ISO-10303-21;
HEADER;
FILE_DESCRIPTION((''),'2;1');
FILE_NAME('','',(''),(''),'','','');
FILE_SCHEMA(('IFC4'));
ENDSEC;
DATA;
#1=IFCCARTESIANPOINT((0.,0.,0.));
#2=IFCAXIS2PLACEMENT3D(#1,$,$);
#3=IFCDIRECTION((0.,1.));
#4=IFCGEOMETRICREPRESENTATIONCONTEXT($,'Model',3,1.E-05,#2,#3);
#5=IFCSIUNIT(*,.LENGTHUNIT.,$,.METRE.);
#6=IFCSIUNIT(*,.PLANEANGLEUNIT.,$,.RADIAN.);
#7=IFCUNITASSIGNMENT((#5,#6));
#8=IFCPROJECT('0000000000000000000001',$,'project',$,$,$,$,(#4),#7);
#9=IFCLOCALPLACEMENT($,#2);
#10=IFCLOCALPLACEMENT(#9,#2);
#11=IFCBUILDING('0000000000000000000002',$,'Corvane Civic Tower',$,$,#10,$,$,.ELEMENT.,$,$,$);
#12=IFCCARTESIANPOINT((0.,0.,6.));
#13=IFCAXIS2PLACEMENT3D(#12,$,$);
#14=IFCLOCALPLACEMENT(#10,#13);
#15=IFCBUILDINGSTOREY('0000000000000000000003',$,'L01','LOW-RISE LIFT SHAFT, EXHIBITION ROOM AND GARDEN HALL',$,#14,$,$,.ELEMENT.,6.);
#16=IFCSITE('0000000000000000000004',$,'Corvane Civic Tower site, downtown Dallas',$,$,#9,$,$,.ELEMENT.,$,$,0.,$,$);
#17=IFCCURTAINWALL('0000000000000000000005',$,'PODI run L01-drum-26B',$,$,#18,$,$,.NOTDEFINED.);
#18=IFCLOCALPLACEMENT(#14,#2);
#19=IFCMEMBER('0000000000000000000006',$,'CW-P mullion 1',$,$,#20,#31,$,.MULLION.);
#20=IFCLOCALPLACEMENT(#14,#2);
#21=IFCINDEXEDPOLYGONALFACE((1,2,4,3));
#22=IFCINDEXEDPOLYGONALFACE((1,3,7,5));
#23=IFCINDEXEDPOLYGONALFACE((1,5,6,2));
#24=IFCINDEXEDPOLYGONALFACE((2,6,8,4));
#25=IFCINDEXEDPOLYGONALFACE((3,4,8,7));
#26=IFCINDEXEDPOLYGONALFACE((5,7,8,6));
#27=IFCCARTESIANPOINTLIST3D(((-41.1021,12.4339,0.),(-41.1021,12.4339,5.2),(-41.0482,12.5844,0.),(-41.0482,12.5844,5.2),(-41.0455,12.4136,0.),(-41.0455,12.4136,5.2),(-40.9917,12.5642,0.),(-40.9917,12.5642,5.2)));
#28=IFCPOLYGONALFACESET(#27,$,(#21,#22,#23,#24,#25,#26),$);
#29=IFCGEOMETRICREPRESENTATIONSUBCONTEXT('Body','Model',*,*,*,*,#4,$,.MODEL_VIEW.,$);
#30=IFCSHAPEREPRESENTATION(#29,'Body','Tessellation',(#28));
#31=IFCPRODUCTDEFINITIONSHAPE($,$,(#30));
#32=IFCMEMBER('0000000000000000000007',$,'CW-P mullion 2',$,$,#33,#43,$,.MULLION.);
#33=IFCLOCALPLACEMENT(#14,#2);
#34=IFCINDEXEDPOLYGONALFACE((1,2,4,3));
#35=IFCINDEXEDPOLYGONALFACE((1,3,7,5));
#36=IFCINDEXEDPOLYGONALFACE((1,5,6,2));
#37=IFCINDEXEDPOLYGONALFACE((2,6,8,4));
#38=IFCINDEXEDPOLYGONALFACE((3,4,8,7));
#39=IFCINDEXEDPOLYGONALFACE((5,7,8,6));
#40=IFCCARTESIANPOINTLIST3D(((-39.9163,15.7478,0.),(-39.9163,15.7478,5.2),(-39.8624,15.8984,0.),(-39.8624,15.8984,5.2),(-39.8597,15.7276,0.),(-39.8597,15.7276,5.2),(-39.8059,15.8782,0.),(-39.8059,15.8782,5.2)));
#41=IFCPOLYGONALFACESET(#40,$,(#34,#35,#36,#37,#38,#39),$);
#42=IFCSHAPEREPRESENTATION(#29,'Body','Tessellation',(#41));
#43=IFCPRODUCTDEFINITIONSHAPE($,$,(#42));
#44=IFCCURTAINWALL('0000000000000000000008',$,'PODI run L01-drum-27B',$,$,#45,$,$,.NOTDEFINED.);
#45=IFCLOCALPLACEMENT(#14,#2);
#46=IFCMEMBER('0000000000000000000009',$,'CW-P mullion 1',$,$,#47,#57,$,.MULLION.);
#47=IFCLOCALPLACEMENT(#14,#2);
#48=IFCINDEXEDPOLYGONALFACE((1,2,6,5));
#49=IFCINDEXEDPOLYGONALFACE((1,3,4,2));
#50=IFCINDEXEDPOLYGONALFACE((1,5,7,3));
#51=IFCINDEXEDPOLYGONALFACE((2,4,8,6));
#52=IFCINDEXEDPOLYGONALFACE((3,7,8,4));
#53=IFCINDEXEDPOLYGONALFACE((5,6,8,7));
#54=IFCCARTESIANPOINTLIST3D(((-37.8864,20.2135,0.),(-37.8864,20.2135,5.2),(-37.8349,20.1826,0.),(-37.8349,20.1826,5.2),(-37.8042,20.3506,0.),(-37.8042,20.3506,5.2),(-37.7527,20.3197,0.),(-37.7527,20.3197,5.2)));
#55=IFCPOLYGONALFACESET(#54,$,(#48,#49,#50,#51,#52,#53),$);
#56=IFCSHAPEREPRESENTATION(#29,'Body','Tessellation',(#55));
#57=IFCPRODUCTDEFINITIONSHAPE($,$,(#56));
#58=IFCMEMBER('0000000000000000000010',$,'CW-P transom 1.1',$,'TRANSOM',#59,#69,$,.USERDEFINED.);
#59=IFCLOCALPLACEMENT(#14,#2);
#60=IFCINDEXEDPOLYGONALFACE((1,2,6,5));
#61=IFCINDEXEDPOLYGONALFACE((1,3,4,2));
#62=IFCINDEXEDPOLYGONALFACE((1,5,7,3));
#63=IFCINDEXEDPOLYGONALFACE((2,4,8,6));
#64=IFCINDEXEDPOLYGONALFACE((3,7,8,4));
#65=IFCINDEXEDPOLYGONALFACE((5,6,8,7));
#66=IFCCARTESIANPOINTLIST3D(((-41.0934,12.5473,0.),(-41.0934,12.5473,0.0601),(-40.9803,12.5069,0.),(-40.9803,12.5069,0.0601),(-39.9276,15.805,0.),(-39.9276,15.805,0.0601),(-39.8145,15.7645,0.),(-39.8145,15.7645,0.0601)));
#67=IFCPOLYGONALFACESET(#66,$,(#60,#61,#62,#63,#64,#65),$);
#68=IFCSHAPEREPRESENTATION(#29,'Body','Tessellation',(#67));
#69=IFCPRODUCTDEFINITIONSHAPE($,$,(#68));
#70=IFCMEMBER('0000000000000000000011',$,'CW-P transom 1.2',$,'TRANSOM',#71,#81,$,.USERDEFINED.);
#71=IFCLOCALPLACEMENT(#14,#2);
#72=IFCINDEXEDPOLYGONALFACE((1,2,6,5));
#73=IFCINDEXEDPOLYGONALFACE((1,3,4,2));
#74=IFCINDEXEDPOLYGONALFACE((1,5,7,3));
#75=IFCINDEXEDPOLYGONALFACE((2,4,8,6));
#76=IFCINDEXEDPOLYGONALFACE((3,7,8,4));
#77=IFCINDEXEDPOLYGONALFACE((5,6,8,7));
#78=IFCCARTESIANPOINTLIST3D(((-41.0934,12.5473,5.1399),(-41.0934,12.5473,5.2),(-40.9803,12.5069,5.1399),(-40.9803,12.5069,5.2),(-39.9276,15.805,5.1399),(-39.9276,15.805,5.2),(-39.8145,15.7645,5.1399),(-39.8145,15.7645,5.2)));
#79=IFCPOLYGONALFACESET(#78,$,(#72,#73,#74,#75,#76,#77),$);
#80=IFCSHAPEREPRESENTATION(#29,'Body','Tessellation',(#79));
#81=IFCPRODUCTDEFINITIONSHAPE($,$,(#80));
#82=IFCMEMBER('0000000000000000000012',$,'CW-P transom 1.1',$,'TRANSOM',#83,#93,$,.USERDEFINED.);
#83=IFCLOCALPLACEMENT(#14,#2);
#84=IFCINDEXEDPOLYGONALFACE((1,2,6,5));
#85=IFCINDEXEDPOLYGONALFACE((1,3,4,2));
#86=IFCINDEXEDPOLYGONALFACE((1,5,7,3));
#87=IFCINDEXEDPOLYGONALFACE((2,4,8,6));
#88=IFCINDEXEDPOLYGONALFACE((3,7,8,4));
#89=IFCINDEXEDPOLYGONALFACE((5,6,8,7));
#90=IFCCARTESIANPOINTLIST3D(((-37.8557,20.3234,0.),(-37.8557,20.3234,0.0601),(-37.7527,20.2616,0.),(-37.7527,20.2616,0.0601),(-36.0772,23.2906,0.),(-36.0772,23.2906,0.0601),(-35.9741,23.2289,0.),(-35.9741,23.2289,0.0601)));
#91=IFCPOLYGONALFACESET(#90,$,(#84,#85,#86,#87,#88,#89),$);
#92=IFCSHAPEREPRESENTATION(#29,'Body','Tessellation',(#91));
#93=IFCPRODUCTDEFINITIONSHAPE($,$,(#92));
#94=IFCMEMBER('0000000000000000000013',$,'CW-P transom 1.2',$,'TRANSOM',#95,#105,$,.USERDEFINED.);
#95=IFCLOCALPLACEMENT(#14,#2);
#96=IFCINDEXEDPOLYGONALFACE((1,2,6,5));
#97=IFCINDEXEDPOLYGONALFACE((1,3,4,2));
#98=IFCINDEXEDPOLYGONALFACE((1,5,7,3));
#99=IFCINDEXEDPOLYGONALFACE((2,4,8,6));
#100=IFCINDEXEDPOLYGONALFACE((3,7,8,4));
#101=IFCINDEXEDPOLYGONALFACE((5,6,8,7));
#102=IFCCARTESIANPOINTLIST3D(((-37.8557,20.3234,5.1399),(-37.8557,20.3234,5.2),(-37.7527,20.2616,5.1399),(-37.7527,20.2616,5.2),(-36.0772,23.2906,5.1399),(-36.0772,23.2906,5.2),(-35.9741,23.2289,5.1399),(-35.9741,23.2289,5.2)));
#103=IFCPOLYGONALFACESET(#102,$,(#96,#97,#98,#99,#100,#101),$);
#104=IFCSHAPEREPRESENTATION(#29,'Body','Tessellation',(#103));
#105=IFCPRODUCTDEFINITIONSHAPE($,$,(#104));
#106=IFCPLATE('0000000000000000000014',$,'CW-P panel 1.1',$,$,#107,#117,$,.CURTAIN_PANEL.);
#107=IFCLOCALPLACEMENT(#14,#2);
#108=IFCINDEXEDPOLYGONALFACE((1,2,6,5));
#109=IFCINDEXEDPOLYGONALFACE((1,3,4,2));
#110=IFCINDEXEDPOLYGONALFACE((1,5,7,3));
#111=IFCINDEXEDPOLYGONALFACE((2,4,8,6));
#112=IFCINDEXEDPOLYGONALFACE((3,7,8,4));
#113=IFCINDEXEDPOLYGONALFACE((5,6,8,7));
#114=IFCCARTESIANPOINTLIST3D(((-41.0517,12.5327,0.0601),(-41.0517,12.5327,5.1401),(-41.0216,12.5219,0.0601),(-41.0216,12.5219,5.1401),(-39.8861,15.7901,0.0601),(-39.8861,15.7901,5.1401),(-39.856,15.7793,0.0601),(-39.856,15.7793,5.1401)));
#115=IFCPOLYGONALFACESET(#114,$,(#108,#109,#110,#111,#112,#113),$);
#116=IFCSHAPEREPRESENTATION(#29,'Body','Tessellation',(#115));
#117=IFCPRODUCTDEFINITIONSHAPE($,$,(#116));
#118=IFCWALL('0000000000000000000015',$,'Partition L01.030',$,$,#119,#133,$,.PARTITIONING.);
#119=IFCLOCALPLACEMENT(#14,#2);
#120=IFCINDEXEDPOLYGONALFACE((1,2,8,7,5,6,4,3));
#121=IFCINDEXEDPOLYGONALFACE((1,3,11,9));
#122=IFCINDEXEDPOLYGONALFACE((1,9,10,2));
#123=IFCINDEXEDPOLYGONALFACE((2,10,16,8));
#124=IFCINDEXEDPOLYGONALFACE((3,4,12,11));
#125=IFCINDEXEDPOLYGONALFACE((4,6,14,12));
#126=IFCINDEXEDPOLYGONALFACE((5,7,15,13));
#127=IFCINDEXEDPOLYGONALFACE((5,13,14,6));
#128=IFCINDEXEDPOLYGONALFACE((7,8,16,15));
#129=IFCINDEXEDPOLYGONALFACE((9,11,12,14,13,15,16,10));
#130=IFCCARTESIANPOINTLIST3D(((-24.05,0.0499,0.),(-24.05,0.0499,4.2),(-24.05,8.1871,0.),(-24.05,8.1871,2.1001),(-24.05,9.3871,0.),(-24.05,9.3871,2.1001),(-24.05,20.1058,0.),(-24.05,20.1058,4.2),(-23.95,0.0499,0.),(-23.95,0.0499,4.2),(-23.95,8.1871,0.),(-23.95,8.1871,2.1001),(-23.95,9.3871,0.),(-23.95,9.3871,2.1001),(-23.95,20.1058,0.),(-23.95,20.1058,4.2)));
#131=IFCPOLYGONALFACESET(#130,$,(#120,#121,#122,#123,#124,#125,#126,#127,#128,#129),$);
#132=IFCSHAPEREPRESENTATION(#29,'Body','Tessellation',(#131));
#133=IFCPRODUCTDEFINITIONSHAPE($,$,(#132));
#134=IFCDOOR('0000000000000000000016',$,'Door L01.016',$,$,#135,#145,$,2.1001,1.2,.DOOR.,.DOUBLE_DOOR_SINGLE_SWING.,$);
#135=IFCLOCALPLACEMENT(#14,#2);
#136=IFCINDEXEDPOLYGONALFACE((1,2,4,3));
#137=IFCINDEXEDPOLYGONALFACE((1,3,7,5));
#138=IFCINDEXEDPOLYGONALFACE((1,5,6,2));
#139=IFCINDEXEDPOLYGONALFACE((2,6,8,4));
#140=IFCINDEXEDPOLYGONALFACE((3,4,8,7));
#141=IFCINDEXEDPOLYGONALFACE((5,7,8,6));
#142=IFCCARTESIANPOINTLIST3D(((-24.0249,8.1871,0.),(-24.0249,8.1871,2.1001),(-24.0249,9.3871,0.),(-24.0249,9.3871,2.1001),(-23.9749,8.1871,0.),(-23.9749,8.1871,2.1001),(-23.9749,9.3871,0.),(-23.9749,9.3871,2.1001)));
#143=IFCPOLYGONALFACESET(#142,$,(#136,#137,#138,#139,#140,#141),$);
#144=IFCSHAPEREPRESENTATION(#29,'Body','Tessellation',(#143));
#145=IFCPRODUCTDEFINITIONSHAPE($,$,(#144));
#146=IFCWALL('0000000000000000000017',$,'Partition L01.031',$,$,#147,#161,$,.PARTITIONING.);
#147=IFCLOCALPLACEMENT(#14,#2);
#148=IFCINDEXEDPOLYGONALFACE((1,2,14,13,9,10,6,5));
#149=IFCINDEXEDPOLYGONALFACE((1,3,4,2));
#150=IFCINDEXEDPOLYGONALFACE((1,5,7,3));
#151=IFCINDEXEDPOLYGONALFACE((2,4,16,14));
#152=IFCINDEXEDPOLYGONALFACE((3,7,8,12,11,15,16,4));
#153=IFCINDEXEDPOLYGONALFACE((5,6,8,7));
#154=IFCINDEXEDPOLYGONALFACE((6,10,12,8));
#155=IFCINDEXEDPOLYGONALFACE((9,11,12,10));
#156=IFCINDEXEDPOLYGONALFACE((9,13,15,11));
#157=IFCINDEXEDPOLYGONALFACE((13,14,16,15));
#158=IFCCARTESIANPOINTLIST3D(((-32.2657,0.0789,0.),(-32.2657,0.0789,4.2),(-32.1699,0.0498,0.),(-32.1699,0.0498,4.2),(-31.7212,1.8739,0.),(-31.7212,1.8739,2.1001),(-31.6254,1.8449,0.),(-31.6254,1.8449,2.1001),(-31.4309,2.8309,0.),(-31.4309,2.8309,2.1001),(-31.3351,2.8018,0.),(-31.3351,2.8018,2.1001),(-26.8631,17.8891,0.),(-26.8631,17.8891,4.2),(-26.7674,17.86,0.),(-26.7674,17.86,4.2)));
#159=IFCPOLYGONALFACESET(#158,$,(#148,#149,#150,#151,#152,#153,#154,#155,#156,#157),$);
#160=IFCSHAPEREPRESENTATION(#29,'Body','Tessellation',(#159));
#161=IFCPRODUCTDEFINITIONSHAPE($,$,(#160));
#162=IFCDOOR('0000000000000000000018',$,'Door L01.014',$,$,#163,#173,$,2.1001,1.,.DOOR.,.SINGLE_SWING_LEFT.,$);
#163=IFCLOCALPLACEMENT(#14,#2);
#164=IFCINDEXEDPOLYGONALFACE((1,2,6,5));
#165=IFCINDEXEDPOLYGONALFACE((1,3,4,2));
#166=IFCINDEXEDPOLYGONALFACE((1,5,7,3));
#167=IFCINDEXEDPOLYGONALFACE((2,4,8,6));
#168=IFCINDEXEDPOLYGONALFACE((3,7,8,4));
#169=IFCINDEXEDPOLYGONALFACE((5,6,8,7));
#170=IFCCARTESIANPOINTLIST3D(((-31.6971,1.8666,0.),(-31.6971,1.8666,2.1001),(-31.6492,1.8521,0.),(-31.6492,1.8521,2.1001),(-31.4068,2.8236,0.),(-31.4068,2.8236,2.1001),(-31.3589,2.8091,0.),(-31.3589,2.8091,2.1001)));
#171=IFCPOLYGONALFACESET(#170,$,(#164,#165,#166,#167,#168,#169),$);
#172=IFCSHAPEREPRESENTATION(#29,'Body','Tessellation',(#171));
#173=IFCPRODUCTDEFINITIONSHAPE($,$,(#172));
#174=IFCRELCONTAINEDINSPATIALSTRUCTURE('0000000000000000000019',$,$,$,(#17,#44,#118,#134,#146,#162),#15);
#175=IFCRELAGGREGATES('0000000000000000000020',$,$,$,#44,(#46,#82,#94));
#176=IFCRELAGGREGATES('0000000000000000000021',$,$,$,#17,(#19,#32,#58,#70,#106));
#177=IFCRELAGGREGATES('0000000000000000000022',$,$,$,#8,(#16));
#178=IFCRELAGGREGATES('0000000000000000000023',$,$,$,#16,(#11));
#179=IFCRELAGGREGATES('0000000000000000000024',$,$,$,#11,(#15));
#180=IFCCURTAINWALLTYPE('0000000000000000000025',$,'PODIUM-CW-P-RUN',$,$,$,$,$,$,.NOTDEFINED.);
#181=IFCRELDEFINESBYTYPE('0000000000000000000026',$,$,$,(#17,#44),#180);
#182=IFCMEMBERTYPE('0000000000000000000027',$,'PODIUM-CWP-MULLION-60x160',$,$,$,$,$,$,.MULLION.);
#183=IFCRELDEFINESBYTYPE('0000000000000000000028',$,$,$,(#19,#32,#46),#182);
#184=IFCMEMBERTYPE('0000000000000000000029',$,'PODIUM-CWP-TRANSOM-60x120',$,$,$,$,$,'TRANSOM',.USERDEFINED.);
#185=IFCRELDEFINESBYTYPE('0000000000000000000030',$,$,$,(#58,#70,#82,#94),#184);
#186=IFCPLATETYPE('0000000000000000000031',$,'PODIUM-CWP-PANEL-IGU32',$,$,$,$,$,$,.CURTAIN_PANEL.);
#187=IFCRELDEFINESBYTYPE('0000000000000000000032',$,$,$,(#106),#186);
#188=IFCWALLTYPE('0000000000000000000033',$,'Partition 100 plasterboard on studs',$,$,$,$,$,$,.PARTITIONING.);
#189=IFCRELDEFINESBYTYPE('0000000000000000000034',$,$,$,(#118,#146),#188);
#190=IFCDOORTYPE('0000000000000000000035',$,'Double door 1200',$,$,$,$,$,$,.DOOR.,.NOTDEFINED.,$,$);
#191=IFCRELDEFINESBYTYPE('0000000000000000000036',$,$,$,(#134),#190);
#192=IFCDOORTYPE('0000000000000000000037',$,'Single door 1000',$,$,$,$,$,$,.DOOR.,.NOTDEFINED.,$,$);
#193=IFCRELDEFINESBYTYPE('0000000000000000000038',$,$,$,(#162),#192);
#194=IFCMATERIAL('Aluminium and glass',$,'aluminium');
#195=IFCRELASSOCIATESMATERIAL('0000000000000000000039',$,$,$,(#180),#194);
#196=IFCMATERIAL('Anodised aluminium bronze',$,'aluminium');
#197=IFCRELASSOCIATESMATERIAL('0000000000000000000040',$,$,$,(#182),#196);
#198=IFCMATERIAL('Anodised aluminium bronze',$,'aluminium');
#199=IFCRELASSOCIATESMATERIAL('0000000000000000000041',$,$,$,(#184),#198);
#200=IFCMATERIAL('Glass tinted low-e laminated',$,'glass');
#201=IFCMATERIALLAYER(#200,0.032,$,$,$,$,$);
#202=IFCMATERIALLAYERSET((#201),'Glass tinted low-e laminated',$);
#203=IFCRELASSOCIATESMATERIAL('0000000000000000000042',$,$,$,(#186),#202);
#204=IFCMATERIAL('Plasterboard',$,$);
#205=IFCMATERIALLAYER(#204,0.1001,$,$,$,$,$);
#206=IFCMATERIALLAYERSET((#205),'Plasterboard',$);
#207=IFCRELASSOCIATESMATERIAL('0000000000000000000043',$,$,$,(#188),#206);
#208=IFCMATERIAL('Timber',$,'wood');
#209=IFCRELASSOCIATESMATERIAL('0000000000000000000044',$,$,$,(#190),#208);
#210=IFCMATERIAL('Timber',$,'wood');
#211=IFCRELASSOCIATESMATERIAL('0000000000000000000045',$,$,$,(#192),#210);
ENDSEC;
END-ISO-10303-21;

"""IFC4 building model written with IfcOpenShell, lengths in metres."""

from ifc_helpers import new_model, si_unit, direction, frame, frame_2d, origin, origin_2d, place, context, subcontext, project, spatial, rectangle, extrude, material, layer, layer_set, material_profile, profile_set, type_object, element, fill, aggregate, save


model = new_model("IFC4")

# Units and contexts
model_context = context("Model", 3, precision=1e-05, world=origin(), true_north=direction((0.0, 1.0)))
body_context = subcontext(model_context, "Body", "Model", "MODEL_VIEW")
ifc_project = project(units=[si_unit("LENGTHUNIT", "METRE"), si_unit("PLANEANGLEUNIT", "RADIAN")], contexts=[model_context])

# Site, building, storey
site_placement = place(None, origin())
site = spatial("IfcSite", under=ifc_project, at=site_placement, Name="Corvane Civic Tower site, downtown Dallas", CompositionType="ELEMENT", RefElevation=0.0)
building_placement = place(site_placement, origin())
building = spatial("IfcBuilding", under=site, at=building_placement, Name="Corvane Civic Tower", CompositionType="ELEMENT")
storey_placement = place(building_placement, frame((0.0, 0.0, 6.0)))
storey = spatial("IfcBuildingStorey", under=building, at=storey_placement, Name="L01", Description="LOW-RISE LIFT SHAFT, EXHIBITION ROOM AND GARDEN HALL", CompositionType="ELEMENT", Elevation=6.0)

# Curtain wall, members
ifc_material_1 = material(Name="Aluminium and glass", Category="aluminium")
curtain_wall_type = type_object("IfcCurtainWallType", Name="PODIUM-CW-P-RUN", PredefinedType="NOTDEFINED", material=ifc_material_1)
curtain_wall_1_placement = place(storey_placement, origin())
curtain_wall_1 = element("IfcCurtainWall", 1, at=curtain_wall_1_placement, inside=storey, type_object=curtain_wall_type, Name="PODI run L01-drum-26B", PredefinedType="NOTDEFINED")
ifc_material_2 = material(Name="Anodised aluminium bronze", Category="aluminium")
ifc_material_profile_1 = material_profile(ifc_material_2, rectangle(XDim=0.0601, YDim=0.1599, at=origin_2d()), Name="AL 60x160")
ifc_profile_set_1 = profile_set([ifc_material_profile_1], Name="Anodised aluminium bronze")
member_type_1 = type_object("IfcMemberType", Name="PODIUM-CWP-MULLION-60x160", PredefinedType="MULLION", material=ifc_profile_set_1)
member_1_placement = place(storey_placement, frame((-41.0469, 12.499, 0.0), z_axis=(0.0, 0.0, 1.0), x_axis=(-0.941534, 0.336919, 0.0)))
member_1 = element("IfcMember", 2, at=member_1_placement, type_object=member_type_1, Name="CW-P mullion 1", PredefinedType="MULLION", context=body_context, shape_type="SweptSolid", body=[
    extrude(rectangle(XDim=0.0601, YDim=0.1599, at=origin_2d()), origin(), (0.0, 0.0, 1.0), 5.2),
])
member_2_placement = place(storey_placement, frame((-39.8611, 15.813, 0.0), z_axis=(0.0, 0.0, 1.0), x_axis=(-0.941534, 0.336919, 0.0)))
member_2 = element("IfcMember", 3, at=member_2_placement, type_object=member_type_1, Name="CW-P mullion 2", PredefinedType="MULLION", context=body_context, shape_type="SweptSolid", body=[
    extrude(rectangle(XDim=0.0601, YDim=0.1599, at=origin_2d()), origin(), (0.0, 0.0, 1.0), 5.2),
])

# Curtain wall, member
curtain_wall_2_placement = place(storey_placement, origin())
curtain_wall_2 = element("IfcCurtainWall", 4, at=curtain_wall_2_placement, inside=storey, type_object=curtain_wall_type, Name="PODI run L01-drum-27B", PredefinedType="NOTDEFINED")
member_3_placement = place(storey_placement, frame((-37.8196, 20.2666, 0.0), z_axis=(0.0, 0.0, 1.0), x_axis=(-0.85772, 0.514118, 0.0)))
member_3 = element("IfcMember", 5, at=member_3_placement, type_object=member_type_1, Name="CW-P mullion 1", PredefinedType="MULLION", context=body_context, shape_type="SweptSolid", body=[
    extrude(rectangle(XDim=0.0601, YDim=0.1599, at=origin_2d()), origin(), (0.0, 0.0, 1.0), 5.2),
])

# Members
ifc_material_3 = material(Name="Anodised aluminium bronze", Category="aluminium")
ifc_material_profile_2 = material_profile(ifc_material_3, rectangle(XDim=0.1201, YDim=0.0601, at=origin_2d()), Name="AL 120x60")
ifc_profile_set_2 = profile_set([ifc_material_profile_2], Name="Anodised aluminium bronze")
member_type_2 = type_object("IfcMemberType", Name="PODIUM-CWP-TRANSOM-60x120", ElementType="TRANSOM", PredefinedType="USERDEFINED", material=ifc_profile_set_2)
member_4_placement = place(storey_placement, frame((-41.0369, 12.5271, 0.03), z_axis=(0.33694, 0.941526, 0.0), x_axis=(-0.941526, 0.33694, 0.0)))
member_4 = element("IfcMember", 6, at=member_4_placement, type_object=member_type_2, Name="CW-P transom 1.1", ObjectType="TRANSOM", PredefinedType="USERDEFINED", context=body_context, shape_type="SweptSolid", body=[
    extrude(rectangle(XDim=0.1201, YDim=0.0601, at=origin_2d()), origin(), (0.0, 0.0, 1.0), 3.46),
])
member_5_placement = place(storey_placement, frame((-41.0369, 12.5271, 5.1699), z_axis=(0.33694, 0.941526, 0.0), x_axis=(-0.941526, 0.33694, 0.0)))
member_5 = element("IfcMember", 7, at=member_5_placement, type_object=member_type_2, Name="CW-P transom 1.2", ObjectType="TRANSOM", PredefinedType="USERDEFINED", context=body_context, shape_type="SweptSolid", body=[
    extrude(rectangle(XDim=0.1201, YDim=0.0601, at=origin_2d()), origin(), (0.0, 0.0, 1.0), 3.46),
])
member_6_placement = place(storey_placement, frame((-37.8042, 20.2925, 0.03), z_axis=(0.514112, 0.857723, 0.0), x_axis=(-0.857723, 0.514112, 0.0)))
member_6 = element("IfcMember", 8, at=member_6_placement, type_object=member_type_2, Name="CW-P transom 1.1", ObjectType="TRANSOM", PredefinedType="USERDEFINED", context=body_context, shape_type="SweptSolid", body=[
    extrude(rectangle(XDim=0.1201, YDim=0.0601, at=origin_2d()), origin(), (0.0, 0.0, 1.0), 3.4595),
])
member_7_placement = place(storey_placement, frame((-37.8042, 20.2925, 5.1699), z_axis=(0.514112, 0.857723, 0.0), x_axis=(-0.857723, 0.514112, 0.0)))
member_7 = element("IfcMember", 9, at=member_7_placement, type_object=member_type_2, Name="CW-P transom 1.2", ObjectType="TRANSOM", PredefinedType="USERDEFINED", context=body_context, shape_type="SweptSolid", body=[
    extrude(rectangle(XDim=0.1201, YDim=0.0601, at=origin_2d()), origin(), (0.0, 0.0, 1.0), 3.4595),
])
aggregate(curtain_wall_2, [member_3, member_6, member_7])

# Plate
ifc_material_4 = material(Name="Glass tinted low-e laminated", Category="glass")
ifc_layer_1 = layer(ifc_material_4, 0.032)
ifc_layer_set_1 = layer_set([ifc_layer_1], Name="Glass tinted low-e laminated")
plate_type = type_object("IfcPlateType", Name="PODIUM-CWP-PANEL-IGU32", PredefinedType="CURTAIN_PANEL", material=ifc_layer_set_1)
plate_placement = place(storey_placement, frame((-40.4539, 14.156, 0.0601), z_axis=(0.0, 0.0, 1.0), x_axis=(0.336919, 0.941534, 0.0)))
plate = element("IfcPlate", 10, at=plate_placement, type_object=plate_type, Name="CW-P panel 1.1", PredefinedType="CURTAIN_PANEL", context=body_context, shape_type="SweptSolid", body=[
    extrude(rectangle(XDim=3.4597, YDim=0.032, at=origin_2d()), origin(), (0.0, 0.0, 1.0), 5.0801),
])
aggregate(curtain_wall_1, [member_1, member_2, member_4, member_5, plate])

# Walls, openings, doors
ifc_material_5 = material(Name="Plasterboard")
ifc_layer_2 = layer(ifc_material_5, 0.1001)
ifc_layer_set_2 = layer_set([ifc_layer_2], Name="Plasterboard")
wall_type_1 = type_object("IfcWallType", Name="Partition 100 plasterboard on studs", PredefinedType="PARTITIONING", material=ifc_layer_set_2)
wall_1_placement = place(storey_placement, frame((-24.0, 0.05, 0.0), z_axis=(0.0, 0.0, 1.0), x_axis=(0.0, 1.0, 0.0)))
wall_1 = element("IfcWall", 11, at=wall_1_placement, inside=storey, type_object=wall_type_1, Name="Partition L01.030", PredefinedType="PARTITIONING", context=body_context, shape_type="SweptSolid", body=[
    extrude(rectangle(XDim=20.0559, YDim=0.1001, at=frame_2d((10.0278, 0.0))), origin(), (0.0, 0.0, 1.0), 4.2),
])
opening_1_placement = place(wall_1_placement, frame((8.137, 0.0, 0.0)))
opening_1 = element("IfcOpeningElement", 12, at=opening_1_placement, cuts=wall_1, PredefinedType="OPENING", context=body_context, shape_type="SweptSolid", body=[
    extrude(rectangle(XDim=1.2, YDim=2.1001, at=frame_2d((0.6001, 1.05))), frame((0.0, 0.0601, 0.0), z_axis=(0.0, -1.0, 0.0), x_axis=(1.0, 0.0, 0.0)), (0.0, 0.0, 1.0), 0.1201),
])
ifc_material_6 = material(Name="Timber", Category="wood")
door_type_1 = type_object("IfcDoorType", Name="Double door 1200", OperationType="NOTDEFINED", PredefinedType="DOOR", material=ifc_material_6)
door_1_placement = place(opening_1_placement, origin())
door_1 = element("IfcDoor", 13, at=door_1_placement, inside=storey, type_object=door_type_1, Name="Door L01.016", OperationType="DOUBLE_DOOR_SINGLE_SWING", OverallHeight=2.1001, OverallWidth=1.2, PredefinedType="DOOR", context=body_context, shape_type="SweptSolid", body=[
    extrude(rectangle(XDim=1.2, YDim=2.1001, at=frame_2d((0.6001, 1.05))), frame((0.0, 0.0249, 0.0), z_axis=(0.0, -1.0, 0.0), x_axis=(1.0, 0.0, 0.0)), (0.0, 0.0, 1.0), 0.05),
])
fill(opening_1, door_1)
wall_2_placement = place(storey_placement, frame((-32.2178, 0.0645, 0.0), z_axis=(0.0, 0.0, 1.0), x_axis=(0.290279, 0.956942, 0.0)))
wall_2 = element("IfcWall", 14, at=wall_2_placement, inside=storey, type_object=wall_type_1, Name="Partition L01.031", PredefinedType="PARTITIONING", context=body_context, shape_type="SweptSolid", body=[
    extrude(rectangle(XDim=18.6116, YDim=0.1001, at=frame_2d((9.3057, 0.0))), origin(), (0.0, 0.0, 1.0), 4.2),
])
opening_2_placement = place(wall_2_placement, frame((1.8757, 0.0, 0.0)))
opening_2 = element("IfcOpeningElement", 15, at=opening_2_placement, cuts=wall_2, PredefinedType="OPENING", context=body_context, shape_type="SweptSolid", body=[
    extrude(rectangle(XDim=1.0, YDim=2.1001, at=frame_2d((0.5, 1.05))), frame((0.0, 0.0601, 0.0), z_axis=(0.0, -1.0, 0.0), x_axis=(1.0, 0.0, 0.0)), (0.0, 0.0, 1.0), 0.1201),
])
ifc_material_7 = material(Name="Timber", Category="wood")
door_type_2 = type_object("IfcDoorType", Name="Single door 1000", OperationType="NOTDEFINED", PredefinedType="DOOR", material=ifc_material_7)
door_2_placement = place(opening_2_placement, origin())
door_2 = element("IfcDoor", 16, at=door_2_placement, inside=storey, type_object=door_type_2, Name="Door L01.014", OperationType="SINGLE_SWING_LEFT", OverallHeight=2.1001, OverallWidth=1.0, PredefinedType="DOOR", context=body_context, shape_type="SweptSolid", body=[
    extrude(rectangle(XDim=1.0, YDim=2.1001, at=frame_2d((0.5, 1.05))), frame((0.0, 0.0249, 0.0), z_axis=(0.0, -1.0, 0.0), x_axis=(1.0, 0.0, 0.0)), (0.0, 0.0, 1.0), 0.05),
])
fill(opening_2, door_2)

save(model, "model.ifc")
